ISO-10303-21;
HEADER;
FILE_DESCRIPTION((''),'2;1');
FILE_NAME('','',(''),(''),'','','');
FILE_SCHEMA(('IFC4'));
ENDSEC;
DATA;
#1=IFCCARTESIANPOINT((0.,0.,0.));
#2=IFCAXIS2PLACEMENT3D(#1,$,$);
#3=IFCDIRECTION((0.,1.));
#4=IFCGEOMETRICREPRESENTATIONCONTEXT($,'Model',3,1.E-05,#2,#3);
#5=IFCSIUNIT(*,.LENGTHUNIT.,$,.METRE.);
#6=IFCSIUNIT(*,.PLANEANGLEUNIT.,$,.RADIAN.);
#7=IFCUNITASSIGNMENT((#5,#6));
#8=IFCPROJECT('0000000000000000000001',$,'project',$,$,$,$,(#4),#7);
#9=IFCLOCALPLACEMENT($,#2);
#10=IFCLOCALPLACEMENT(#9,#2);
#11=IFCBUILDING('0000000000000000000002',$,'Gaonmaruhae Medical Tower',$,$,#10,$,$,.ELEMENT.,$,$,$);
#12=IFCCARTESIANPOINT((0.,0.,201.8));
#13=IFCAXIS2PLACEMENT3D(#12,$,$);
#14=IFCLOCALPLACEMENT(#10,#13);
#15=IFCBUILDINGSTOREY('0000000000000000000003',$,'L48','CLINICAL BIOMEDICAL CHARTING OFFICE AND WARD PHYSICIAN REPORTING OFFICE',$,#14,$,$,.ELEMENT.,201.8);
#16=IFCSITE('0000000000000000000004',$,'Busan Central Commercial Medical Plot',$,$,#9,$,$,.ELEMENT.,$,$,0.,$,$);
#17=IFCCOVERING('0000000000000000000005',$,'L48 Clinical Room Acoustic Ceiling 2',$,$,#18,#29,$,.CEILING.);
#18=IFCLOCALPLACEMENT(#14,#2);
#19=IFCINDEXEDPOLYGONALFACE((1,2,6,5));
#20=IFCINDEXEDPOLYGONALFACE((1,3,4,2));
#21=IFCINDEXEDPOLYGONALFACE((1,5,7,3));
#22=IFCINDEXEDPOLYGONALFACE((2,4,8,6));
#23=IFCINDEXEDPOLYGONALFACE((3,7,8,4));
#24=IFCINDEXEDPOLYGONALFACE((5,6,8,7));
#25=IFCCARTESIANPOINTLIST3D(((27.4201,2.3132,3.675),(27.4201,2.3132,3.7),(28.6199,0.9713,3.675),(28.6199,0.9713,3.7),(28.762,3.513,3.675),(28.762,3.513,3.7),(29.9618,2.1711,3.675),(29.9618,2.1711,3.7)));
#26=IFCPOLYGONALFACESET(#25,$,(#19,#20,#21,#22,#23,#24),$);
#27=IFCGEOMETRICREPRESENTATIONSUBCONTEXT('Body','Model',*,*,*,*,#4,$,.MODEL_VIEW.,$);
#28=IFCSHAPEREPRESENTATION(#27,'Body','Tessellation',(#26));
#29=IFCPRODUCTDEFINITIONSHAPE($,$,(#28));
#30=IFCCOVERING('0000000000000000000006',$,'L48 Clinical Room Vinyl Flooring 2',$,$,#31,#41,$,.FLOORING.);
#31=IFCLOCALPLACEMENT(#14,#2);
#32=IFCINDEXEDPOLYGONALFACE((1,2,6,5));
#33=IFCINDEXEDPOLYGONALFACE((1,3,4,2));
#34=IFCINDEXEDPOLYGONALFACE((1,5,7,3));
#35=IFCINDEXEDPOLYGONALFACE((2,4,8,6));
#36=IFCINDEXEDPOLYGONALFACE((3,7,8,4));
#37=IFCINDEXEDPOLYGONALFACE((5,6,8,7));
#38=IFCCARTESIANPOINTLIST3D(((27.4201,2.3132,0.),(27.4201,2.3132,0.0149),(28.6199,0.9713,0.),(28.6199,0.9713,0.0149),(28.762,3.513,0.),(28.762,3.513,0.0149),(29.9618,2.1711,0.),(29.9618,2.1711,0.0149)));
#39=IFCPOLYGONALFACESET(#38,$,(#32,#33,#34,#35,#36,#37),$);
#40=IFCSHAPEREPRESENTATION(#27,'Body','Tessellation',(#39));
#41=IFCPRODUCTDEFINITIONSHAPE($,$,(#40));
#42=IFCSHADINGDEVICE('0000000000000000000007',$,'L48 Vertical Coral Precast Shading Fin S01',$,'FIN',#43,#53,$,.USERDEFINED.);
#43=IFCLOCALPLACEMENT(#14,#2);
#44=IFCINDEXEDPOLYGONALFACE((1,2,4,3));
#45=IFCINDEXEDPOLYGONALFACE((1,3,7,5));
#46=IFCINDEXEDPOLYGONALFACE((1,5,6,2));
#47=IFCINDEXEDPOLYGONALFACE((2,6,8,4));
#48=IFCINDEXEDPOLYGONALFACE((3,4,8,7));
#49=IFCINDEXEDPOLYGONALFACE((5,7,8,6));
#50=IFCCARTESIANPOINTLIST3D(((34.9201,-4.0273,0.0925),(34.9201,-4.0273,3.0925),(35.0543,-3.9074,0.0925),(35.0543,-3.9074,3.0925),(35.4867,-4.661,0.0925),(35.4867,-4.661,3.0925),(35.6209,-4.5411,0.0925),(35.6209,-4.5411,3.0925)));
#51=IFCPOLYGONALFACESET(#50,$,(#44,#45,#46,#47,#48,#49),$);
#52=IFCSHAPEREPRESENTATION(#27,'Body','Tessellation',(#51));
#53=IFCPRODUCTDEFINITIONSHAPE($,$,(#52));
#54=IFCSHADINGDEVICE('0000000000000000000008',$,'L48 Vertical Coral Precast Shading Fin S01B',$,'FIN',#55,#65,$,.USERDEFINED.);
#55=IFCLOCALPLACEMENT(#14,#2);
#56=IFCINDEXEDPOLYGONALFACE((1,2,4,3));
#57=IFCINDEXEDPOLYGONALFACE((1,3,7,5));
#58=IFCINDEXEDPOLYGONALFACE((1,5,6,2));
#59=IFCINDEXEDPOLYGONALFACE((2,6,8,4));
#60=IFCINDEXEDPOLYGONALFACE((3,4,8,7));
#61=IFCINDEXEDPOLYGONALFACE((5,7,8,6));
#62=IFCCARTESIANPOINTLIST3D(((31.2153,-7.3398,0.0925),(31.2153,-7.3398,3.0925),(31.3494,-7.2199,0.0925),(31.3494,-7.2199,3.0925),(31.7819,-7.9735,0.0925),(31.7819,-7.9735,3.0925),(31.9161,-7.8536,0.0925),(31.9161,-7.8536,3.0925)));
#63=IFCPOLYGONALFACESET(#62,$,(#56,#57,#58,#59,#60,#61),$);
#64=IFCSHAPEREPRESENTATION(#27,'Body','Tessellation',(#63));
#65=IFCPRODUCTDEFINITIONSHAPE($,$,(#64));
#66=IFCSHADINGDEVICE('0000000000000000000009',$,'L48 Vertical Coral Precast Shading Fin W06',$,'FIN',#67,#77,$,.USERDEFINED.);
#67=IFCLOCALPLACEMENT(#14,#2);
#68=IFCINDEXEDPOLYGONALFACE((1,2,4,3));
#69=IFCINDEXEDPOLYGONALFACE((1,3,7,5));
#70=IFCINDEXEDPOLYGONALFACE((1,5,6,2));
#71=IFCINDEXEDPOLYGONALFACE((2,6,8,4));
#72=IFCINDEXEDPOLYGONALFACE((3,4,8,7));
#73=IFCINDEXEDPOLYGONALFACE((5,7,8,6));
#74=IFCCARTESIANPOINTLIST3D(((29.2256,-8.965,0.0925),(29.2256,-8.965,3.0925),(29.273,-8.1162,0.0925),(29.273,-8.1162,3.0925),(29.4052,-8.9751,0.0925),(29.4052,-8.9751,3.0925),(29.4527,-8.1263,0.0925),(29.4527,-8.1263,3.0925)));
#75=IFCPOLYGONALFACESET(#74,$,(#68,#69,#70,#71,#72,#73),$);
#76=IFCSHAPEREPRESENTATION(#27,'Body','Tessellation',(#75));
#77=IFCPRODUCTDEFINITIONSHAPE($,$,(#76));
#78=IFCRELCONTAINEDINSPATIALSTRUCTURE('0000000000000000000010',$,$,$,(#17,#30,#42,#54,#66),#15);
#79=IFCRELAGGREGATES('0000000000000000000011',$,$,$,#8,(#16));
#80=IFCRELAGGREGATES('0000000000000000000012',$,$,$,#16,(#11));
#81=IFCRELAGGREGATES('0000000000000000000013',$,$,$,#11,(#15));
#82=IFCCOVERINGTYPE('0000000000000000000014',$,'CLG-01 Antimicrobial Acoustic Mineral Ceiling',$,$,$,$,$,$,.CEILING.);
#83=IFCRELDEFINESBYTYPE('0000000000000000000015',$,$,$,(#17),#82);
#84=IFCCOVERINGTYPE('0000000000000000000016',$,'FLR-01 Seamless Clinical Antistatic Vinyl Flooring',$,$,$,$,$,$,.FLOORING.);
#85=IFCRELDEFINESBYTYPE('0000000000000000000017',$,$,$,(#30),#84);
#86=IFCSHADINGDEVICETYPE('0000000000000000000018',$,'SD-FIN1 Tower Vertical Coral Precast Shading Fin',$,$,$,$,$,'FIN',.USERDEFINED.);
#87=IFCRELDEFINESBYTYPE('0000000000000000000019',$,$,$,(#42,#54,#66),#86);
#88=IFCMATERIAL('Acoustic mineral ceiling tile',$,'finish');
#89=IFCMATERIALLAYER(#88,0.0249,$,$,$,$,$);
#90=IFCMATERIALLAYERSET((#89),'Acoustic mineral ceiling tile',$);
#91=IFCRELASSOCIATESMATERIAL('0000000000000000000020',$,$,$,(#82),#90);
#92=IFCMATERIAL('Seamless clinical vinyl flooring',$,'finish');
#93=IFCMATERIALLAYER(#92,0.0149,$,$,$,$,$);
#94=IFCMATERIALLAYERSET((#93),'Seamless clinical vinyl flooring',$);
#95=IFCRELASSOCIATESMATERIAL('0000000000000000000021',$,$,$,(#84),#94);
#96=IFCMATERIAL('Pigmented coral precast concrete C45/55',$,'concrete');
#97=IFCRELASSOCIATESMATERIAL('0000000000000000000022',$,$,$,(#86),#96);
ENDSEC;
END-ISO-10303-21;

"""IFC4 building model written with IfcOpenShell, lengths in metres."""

from ifc_helpers import new_model, si_unit, direction, frame, origin, origin_2d, place, context, subcontext, project, spatial, rectangle, extrude, material, layer, layer_set, type_object, element, save


model = new_model("IFC4")

# Units and contexts
model_context = context("Model", 3, precision=1e-05, world=origin(), true_north=direction((0.0, 1.0)))
body_context = subcontext(model_context, "Body", "Model", "MODEL_VIEW")
ifc_project = project(units=[si_unit("LENGTHUNIT", "METRE"), si_unit("PLANEANGLEUNIT", "RADIAN")], contexts=[model_context])

# Site, building, storey
site_placement = place(None, origin())
site = spatial("IfcSite", under=ifc_project, at=site_placement, Name="Busan Central Commercial Medical Plot", CompositionType="ELEMENT", RefElevation=0.0)
building_placement = place(site_placement, origin())
building = spatial("IfcBuilding", under=site, at=building_placement, Name="Gaonmaruhae Medical Tower", CompositionType="ELEMENT")
storey_placement = place(building_placement, frame((0.0, 0.0, 201.8)))
storey = spatial("IfcBuildingStorey", under=building, at=storey_placement, Name="L48", Description="CLINICAL BIOMEDICAL CHARTING OFFICE AND WARD PHYSICIAN REPORTING OFFICE", CompositionType="ELEMENT", Elevation=201.8)

# Coverings
ifc_material_1 = material(Name="Acoustic mineral ceiling tile", Category="finish")
ifc_layer_1 = layer(ifc_material_1, 0.0249)
ifc_layer_set_1 = layer_set([ifc_layer_1], Name="Acoustic mineral ceiling tile")
covering_type_1 = type_object("IfcCoveringType", Name="CLG-01 Antimicrobial Acoustic Mineral Ceiling", PredefinedType="CEILING", material=ifc_layer_set_1)
covering_1_placement = place(storey_placement, frame((28.6909, 2.2422, 3.675), z_axis=(0.0, 0.0, 1.0), x_axis=(0.745476, 0.666532, 0.0)))
element("IfcCovering", 1, at=covering_1_placement, inside=storey, type_object=covering_type_1, Name="L48 Clinical Room Acoustic Ceiling 2", PredefinedType="CEILING", context=body_context, shape_type="SweptSolid", body=[
    extrude(rectangle(XDim=1.8, YDim=1.8, at=origin_2d()), origin(), (0.0, 0.0, 1.0), 0.0249),
])
ifc_material_2 = material(Name="Seamless clinical vinyl flooring", Category="finish")
ifc_layer_2 = layer(ifc_material_2, 0.0149)
ifc_layer_set_2 = layer_set([ifc_layer_2], Name="Seamless clinical vinyl flooring")
covering_type_2 = type_object("IfcCoveringType", Name="FLR-01 Seamless Clinical Antistatic Vinyl Flooring", PredefinedType="FLOORING", material=ifc_layer_set_2)
covering_2_placement = place(storey_placement, frame((28.6909, 2.2422, 0.0), z_axis=(0.0, 0.0, 1.0), x_axis=(0.745476, 0.666532, 0.0)))
element("IfcCovering", 2, at=covering_2_placement, inside=storey, type_object=covering_type_2, Name="L48 Clinical Room Vinyl Flooring 2", PredefinedType="FLOORING", context=body_context, shape_type="SweptSolid", body=[
    extrude(rectangle(XDim=1.8, YDim=1.8, at=origin_2d()), origin(), (0.0, 0.0, 1.0), 0.0149),
])

# Shading devices
ifc_material_3 = material(Name="Pigmented coral precast concrete C45/55", Category="concrete")
shading_device_type = type_object("IfcShadingDeviceType", Name="SD-FIN1 Tower Vertical Coral Precast Shading Fin", ElementType="FIN", PredefinedType="USERDEFINED", material=ifc_material_3)
for number, where, z_axis, x_axis, name in (
    (3, (35.2705, -4.2842, 0.0925), (0.0, 0.0, 1.0), (-0.745476, -0.666532, 0.0), "L48 Vertical Coral Precast Shading Fin S01"),
    (4, (31.5657, -7.5967, 0.0925), (0.0, 0.0, 1.0), (-0.745476, -0.666532, 0.0), "L48 Vertical Coral Precast Shading Fin S01B"),
    (5, (29.3391, -8.5457, 0.0925), (0.0, 0.0, 1.0), (-0.998441, 0.055822, 0.0), "L48 Vertical Coral Precast Shading Fin W06"),
):
    element("IfcShadingDevice", number, at=place(storey_placement, frame(where, z_axis=z_axis, x_axis=x_axis)), inside=storey, type_object=shading_device_type, Name=name, ObjectType="FIN", PredefinedType="USERDEFINED", context=body_context, shape_type="SweptSolid", body=[
        extrude(rectangle(XDim=0.1799, YDim=0.8501, at=origin_2d()), origin(), (0.0, 0.0, 1.0), 3.0),
    ])

save(model, "model.ifc")
